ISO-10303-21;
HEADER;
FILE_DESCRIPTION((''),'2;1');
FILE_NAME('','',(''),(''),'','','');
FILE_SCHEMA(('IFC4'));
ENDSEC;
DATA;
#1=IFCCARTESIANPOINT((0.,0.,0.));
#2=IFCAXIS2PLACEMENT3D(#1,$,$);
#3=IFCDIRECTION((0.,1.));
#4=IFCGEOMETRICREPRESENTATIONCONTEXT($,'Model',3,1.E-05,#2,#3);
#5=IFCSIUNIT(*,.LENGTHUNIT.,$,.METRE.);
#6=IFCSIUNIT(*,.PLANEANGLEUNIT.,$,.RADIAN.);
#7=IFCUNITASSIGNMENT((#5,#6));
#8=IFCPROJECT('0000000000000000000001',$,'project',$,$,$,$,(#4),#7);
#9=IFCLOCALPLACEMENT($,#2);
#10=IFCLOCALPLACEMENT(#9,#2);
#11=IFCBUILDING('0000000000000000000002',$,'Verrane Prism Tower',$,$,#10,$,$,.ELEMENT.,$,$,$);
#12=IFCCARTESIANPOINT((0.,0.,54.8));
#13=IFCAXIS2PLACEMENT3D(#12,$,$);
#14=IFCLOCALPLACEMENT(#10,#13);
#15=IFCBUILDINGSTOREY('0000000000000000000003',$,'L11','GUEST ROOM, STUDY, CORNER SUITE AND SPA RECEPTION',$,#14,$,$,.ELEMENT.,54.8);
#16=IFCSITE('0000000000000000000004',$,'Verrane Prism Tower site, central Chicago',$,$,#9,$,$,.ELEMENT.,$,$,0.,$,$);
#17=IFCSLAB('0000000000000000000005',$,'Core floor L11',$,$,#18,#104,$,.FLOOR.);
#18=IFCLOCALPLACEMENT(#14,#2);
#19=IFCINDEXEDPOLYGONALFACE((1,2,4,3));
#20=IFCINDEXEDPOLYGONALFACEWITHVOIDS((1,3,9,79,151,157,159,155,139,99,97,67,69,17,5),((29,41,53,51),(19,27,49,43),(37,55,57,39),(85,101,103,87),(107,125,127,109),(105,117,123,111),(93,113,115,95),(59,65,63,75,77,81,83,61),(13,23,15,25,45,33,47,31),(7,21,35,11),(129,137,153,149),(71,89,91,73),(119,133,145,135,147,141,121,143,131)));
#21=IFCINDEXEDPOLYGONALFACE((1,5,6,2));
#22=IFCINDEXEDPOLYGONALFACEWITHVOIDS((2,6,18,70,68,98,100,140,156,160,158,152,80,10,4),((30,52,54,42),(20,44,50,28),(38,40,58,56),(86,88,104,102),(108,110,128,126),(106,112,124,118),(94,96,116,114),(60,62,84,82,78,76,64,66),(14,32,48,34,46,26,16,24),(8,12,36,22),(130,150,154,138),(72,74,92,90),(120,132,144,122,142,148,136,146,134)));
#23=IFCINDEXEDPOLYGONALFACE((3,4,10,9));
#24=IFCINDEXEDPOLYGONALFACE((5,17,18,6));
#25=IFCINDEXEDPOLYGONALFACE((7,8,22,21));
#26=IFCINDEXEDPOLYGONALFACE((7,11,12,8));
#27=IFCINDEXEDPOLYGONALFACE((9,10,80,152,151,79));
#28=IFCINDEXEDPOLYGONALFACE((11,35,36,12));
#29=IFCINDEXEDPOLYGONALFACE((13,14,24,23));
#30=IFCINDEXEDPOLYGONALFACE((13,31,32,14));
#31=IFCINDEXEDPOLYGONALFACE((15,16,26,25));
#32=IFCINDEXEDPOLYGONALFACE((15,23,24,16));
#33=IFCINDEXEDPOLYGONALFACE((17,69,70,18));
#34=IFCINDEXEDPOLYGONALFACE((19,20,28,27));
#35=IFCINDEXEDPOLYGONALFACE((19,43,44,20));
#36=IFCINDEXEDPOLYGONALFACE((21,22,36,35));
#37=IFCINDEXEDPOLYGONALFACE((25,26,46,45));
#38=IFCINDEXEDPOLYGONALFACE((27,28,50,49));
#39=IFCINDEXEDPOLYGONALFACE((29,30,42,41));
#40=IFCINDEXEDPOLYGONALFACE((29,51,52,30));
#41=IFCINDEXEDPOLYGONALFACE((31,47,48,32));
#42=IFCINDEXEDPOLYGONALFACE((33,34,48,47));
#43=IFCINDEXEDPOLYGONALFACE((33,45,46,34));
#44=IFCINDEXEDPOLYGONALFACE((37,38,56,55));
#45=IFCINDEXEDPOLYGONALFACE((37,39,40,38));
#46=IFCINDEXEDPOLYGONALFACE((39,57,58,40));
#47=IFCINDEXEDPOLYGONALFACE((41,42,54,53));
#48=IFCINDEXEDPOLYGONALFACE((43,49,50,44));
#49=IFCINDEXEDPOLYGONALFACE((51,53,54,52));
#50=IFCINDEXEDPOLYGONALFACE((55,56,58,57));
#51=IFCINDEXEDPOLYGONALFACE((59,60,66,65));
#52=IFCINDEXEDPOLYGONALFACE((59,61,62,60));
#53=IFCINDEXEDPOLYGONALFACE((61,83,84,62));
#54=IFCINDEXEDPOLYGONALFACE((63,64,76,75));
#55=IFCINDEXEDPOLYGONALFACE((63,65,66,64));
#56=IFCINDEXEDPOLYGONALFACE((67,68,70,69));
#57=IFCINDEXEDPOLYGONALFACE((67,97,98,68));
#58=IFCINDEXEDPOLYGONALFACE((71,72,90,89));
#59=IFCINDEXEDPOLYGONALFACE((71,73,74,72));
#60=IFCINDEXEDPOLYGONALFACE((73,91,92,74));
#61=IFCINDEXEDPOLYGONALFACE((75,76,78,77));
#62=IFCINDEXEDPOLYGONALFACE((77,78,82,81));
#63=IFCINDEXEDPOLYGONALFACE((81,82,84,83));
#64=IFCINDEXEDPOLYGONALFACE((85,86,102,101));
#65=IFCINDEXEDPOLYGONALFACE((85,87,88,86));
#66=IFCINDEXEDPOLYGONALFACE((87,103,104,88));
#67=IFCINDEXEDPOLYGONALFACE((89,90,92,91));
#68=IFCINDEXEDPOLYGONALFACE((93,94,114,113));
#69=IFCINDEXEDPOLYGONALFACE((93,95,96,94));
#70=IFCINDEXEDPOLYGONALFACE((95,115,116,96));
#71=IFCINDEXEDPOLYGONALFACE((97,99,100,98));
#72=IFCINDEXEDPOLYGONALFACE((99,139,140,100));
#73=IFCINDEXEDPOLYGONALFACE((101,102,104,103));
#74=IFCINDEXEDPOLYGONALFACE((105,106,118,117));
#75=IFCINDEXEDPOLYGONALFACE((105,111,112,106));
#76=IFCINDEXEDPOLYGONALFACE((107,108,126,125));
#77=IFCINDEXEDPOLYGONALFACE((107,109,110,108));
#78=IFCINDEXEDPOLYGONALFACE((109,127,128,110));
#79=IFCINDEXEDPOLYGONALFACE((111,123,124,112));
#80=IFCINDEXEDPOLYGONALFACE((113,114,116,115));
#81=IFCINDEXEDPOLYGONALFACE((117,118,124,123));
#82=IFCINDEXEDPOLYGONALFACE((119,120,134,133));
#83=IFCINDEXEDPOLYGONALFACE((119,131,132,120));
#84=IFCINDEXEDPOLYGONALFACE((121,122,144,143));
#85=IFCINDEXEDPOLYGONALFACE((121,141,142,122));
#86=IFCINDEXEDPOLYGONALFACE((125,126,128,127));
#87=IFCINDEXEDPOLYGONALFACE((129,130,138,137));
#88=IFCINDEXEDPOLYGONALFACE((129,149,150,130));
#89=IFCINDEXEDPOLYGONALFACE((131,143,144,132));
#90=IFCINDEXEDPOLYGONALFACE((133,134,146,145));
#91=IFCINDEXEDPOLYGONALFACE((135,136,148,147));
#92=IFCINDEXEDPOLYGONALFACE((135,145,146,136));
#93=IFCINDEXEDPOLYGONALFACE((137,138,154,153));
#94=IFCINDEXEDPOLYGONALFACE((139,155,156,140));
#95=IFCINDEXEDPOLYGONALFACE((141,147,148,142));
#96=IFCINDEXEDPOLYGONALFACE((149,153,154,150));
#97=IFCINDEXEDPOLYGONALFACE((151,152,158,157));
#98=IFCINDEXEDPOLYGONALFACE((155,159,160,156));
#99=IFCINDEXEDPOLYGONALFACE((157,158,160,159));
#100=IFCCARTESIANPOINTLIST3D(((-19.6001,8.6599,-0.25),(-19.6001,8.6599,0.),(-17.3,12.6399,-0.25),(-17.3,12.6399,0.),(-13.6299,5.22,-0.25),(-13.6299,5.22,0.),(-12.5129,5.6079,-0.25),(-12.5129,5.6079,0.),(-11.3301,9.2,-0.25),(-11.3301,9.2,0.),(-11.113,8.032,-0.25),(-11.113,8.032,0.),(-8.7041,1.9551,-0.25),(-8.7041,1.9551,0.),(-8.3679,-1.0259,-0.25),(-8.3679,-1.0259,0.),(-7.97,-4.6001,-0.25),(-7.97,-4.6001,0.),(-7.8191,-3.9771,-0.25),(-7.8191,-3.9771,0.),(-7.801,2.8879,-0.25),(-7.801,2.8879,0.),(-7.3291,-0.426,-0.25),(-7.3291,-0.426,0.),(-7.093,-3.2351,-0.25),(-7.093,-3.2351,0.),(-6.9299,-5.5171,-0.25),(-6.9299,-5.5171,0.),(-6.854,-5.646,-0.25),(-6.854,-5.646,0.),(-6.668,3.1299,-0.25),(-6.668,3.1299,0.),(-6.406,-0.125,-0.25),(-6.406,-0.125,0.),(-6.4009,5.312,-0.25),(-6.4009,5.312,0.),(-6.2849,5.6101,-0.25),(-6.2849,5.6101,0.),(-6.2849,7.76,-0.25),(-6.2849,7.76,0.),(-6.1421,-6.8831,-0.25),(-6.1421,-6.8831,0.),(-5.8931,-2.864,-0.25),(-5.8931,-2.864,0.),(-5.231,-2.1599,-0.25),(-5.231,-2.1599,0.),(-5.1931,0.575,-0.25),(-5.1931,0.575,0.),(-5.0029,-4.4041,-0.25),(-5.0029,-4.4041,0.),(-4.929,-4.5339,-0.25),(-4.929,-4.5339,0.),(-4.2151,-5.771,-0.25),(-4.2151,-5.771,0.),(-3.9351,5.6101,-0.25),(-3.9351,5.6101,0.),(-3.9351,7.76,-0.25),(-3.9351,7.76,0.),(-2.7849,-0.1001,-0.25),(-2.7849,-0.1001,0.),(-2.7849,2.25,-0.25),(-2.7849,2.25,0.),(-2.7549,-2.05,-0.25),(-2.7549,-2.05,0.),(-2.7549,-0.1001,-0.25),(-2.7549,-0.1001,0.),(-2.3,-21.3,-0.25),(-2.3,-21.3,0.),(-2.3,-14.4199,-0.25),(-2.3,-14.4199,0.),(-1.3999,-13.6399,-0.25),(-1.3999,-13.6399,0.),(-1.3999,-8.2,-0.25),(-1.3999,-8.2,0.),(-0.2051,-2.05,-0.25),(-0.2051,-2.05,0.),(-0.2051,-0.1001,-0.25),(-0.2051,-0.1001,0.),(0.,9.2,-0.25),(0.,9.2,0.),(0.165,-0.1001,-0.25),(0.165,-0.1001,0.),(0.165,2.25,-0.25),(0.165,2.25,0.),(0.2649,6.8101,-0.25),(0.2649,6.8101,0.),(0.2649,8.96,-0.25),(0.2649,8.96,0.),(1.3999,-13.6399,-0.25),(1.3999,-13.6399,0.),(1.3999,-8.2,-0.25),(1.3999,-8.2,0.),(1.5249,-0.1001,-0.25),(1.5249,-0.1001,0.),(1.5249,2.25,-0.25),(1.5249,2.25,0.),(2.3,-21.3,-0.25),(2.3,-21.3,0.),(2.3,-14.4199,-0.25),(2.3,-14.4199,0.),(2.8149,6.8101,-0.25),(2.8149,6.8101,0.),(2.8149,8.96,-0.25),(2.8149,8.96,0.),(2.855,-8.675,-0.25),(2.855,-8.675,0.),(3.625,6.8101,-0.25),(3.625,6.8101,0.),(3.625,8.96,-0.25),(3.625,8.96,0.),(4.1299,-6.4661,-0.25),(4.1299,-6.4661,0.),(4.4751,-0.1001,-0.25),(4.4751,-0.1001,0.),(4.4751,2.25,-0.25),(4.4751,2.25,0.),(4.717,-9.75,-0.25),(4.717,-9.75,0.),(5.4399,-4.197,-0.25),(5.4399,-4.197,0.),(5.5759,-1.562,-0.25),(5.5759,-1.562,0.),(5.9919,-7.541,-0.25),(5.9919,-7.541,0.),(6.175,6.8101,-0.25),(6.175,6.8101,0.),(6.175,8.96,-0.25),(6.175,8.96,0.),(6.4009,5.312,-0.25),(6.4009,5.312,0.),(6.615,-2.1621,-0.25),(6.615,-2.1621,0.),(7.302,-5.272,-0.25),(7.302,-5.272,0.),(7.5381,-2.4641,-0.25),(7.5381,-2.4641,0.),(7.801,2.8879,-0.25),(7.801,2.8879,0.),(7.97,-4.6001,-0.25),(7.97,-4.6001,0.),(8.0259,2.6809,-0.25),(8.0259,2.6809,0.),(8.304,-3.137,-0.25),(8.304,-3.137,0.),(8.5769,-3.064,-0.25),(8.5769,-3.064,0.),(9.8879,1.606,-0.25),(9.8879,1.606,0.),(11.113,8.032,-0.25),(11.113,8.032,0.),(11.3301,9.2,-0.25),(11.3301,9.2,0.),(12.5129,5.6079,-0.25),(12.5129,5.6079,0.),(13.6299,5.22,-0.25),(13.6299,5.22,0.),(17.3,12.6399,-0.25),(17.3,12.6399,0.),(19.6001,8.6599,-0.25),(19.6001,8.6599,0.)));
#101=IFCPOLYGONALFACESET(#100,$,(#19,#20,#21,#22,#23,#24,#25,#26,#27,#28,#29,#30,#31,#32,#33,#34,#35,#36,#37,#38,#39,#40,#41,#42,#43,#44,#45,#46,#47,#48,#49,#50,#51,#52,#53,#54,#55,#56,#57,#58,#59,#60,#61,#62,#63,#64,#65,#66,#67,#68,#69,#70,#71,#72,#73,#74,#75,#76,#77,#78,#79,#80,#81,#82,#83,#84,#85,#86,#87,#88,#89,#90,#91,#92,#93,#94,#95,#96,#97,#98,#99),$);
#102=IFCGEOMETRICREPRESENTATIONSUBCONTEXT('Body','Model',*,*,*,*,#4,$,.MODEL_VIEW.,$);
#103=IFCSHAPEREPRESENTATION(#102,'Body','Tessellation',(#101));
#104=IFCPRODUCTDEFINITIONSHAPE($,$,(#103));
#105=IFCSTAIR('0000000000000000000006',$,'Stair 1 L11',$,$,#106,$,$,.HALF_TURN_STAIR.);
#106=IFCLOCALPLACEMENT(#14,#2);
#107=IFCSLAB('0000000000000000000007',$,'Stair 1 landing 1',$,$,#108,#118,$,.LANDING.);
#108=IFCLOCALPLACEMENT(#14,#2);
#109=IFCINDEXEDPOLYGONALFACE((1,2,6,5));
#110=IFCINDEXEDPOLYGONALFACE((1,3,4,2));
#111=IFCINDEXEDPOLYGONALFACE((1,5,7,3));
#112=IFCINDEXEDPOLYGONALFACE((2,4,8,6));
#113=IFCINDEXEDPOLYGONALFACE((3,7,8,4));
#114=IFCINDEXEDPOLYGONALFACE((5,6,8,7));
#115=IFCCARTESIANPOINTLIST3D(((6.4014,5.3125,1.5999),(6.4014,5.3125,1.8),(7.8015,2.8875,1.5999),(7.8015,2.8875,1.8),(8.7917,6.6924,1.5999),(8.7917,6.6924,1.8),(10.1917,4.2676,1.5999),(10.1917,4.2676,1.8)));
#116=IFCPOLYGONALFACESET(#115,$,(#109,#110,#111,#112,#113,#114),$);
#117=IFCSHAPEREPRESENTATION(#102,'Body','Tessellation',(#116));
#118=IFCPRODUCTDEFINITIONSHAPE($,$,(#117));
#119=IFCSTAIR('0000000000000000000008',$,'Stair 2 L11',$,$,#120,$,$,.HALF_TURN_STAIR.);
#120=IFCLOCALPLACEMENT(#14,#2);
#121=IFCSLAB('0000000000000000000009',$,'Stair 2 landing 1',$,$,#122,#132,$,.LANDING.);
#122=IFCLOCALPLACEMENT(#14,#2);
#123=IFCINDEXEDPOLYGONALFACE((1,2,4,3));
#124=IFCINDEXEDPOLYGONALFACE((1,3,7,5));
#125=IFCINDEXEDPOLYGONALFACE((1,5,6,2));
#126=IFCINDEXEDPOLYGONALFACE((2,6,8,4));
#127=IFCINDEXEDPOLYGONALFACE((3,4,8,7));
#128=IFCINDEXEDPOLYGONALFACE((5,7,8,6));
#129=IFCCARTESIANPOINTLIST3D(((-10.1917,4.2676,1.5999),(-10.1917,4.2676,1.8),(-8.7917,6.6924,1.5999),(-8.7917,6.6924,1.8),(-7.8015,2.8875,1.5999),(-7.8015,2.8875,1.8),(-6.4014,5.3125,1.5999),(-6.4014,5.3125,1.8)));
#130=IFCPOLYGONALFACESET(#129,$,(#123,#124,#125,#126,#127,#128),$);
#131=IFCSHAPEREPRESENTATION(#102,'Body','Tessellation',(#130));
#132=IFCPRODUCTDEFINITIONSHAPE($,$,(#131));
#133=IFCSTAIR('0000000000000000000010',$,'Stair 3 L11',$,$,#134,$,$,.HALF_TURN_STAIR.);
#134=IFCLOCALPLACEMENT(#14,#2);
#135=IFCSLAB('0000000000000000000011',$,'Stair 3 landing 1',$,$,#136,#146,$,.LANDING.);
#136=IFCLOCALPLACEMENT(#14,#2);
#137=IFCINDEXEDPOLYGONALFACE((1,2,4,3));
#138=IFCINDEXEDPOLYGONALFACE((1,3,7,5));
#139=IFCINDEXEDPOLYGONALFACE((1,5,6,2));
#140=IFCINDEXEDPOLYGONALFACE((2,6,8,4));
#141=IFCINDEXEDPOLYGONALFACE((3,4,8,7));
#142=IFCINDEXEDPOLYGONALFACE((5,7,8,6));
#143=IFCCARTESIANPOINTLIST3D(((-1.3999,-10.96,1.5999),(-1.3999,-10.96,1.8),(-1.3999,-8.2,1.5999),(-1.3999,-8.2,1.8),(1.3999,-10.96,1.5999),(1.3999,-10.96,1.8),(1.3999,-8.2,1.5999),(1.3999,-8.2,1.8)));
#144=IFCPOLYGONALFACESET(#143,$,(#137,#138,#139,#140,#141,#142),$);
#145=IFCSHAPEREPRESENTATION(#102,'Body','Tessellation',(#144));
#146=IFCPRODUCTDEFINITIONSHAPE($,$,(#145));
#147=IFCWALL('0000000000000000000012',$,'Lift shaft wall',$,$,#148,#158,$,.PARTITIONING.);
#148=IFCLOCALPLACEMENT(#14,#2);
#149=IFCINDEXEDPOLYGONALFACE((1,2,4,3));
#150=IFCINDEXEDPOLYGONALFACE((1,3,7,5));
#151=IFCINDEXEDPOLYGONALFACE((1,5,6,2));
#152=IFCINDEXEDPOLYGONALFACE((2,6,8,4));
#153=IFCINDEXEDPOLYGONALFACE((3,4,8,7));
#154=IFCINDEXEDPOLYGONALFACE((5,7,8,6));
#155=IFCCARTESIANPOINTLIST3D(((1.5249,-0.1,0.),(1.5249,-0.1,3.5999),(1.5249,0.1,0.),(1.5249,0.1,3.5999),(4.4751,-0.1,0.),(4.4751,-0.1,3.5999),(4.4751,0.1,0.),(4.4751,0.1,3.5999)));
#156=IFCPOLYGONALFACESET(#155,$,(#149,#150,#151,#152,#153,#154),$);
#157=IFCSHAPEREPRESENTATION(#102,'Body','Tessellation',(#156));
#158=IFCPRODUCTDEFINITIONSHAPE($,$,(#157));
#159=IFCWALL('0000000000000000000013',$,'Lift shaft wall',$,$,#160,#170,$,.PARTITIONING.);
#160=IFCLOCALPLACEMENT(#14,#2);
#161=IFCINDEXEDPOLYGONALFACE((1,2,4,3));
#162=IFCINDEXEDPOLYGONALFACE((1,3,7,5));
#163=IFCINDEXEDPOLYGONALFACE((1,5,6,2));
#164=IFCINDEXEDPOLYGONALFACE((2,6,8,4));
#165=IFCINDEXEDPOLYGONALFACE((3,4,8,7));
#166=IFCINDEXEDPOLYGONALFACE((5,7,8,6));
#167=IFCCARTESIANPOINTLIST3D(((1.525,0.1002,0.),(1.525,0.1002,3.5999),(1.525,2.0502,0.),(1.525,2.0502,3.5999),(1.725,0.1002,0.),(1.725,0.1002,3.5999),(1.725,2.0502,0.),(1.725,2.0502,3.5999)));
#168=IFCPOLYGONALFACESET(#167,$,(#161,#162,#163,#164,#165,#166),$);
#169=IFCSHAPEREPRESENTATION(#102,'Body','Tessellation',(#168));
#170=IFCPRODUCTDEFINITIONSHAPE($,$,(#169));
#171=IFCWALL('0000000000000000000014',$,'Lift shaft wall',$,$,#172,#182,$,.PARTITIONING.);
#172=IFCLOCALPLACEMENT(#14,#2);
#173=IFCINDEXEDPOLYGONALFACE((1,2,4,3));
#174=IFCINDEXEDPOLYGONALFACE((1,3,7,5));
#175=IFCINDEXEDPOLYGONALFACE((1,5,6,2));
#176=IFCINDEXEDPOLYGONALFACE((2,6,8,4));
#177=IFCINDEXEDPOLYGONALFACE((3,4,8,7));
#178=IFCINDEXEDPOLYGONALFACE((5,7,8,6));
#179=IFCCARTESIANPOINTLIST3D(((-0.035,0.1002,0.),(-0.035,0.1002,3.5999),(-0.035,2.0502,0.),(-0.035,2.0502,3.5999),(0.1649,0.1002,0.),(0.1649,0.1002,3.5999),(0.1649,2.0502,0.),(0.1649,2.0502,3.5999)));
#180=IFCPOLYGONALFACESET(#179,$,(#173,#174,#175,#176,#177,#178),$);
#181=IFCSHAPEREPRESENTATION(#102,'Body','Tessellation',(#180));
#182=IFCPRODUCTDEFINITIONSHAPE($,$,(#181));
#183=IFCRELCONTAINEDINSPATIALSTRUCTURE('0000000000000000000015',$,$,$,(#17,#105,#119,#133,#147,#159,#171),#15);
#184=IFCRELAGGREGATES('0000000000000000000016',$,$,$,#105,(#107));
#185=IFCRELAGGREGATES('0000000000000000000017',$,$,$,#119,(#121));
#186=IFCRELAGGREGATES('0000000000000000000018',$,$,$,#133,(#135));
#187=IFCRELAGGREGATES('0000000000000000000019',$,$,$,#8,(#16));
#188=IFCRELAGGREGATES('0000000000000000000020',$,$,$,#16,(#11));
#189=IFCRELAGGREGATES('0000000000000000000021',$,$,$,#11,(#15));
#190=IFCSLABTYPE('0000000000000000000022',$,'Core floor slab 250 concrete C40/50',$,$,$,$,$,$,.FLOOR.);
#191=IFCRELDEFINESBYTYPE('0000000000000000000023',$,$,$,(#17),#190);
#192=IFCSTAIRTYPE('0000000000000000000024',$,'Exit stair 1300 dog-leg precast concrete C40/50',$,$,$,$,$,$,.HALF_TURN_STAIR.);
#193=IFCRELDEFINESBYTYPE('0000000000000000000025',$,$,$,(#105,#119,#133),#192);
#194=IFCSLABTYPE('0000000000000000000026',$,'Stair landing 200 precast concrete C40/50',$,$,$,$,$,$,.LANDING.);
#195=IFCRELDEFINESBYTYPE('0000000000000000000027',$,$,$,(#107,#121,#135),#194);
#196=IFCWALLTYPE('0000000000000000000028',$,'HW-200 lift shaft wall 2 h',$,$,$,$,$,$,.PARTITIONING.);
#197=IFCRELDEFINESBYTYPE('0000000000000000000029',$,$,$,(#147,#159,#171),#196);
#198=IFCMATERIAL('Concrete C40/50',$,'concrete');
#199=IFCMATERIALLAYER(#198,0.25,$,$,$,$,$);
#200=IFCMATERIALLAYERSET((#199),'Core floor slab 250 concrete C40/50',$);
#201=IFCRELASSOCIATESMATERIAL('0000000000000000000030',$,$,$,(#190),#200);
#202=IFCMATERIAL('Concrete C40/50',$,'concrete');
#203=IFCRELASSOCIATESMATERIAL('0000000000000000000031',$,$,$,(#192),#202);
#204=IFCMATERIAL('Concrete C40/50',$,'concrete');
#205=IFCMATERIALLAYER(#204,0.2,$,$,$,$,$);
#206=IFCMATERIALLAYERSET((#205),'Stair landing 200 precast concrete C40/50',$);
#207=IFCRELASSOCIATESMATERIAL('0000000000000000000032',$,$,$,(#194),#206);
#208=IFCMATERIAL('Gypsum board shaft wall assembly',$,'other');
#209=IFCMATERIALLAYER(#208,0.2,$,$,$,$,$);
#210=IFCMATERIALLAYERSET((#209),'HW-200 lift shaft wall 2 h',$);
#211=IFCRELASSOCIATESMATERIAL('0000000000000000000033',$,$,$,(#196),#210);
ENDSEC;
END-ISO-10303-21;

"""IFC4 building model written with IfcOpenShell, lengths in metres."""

from ifc_helpers import new_model, si_unit, direction, frame, frame_2d, origin, place, context, subcontext, project, spatial, polyline, rectangle, outline, extrude, material, layer, layer_set, type_object, element, aggregate, save


model = new_model("IFC4")

# Units and contexts
model_context = context("Model", 3, precision=1e-05, world=origin(), true_north=direction((0.0, 1.0)))
body_context = subcontext(model_context, "Body", "Model", "MODEL_VIEW")
ifc_project = project(units=[si_unit("LENGTHUNIT", "METRE"), si_unit("PLANEANGLEUNIT", "RADIAN")], contexts=[model_context])

# Site, building, storey
site_placement = place(None, origin())
site = spatial("IfcSite", under=ifc_project, at=site_placement, Name="Verrane Prism Tower site, central Chicago", CompositionType="ELEMENT", RefElevation=0.0)
building_placement = place(site_placement, origin())
building = spatial("IfcBuilding", under=site, at=building_placement, Name="Verrane Prism Tower", CompositionType="ELEMENT")
storey_placement = place(building_placement, frame((0.0, 0.0, 54.8)))
storey = spatial("IfcBuildingStorey", under=building, at=storey_placement, Name="L11", Description="GUEST ROOM, STUDY, CORNER SUITE AND SPA RECEPTION", CompositionType="ELEMENT", Elevation=54.8)

# Slab
ifc_material_1 = material(Name="Concrete C40/50", Category="concrete")
ifc_layer_1 = layer(ifc_material_1, 0.25)
ifc_layer_set_1 = layer_set([ifc_layer_1], Name="Core floor slab 250 concrete C40/50")
slab_type_1 = type_object("IfcSlabType", Name="Core floor slab 250 concrete C40/50", PredefinedType="FLOOR", material=ifc_layer_set_1)
slab_1_placement = place(storey_placement, frame((0.0, 0.0, -0.25)))
element("IfcSlab", 1, at=slab_1_placement, inside=storey, type_object=slab_type_1, Name="Core floor L11", PredefinedType="FLOOR", context=body_context, shape_type="SweptSolid", body=[
    extrude(outline(polyline([(13.6299, 5.22), (19.6001, 8.6599), (17.3, 12.6399), (11.3301, 9.2), (0.0, 9.2), (-11.3301, 9.2), (-17.3, 12.6399), (-19.6001, 8.6599), (-13.6299, 5.22), (-7.97, -4.6001), (-2.3, -14.4199), (-2.3, -21.3), (2.3, -21.3), (2.3, -14.4199), (7.97, -4.6001), (13.6299, 5.22)]), holes=[polyline([(1.3999, -8.2), (1.3999, -13.6399), (-1.3999, -13.6399), (-1.3999, -8.2), (1.3999, -8.2)]), polyline([(-4.2151, -5.771), (-6.1421, -6.8831), (-6.854, -5.646), (-4.929, -4.5339), (-4.2151, -5.771)]), polyline([(-5.0029, -4.4041), (-6.9299, -5.5171), (-7.8191, -3.9771), (-5.8931, -2.864), (-5.0029, -4.4041)]), polyline([(0.165, 2.25), (0.165, -0.1001), (-0.2051, -0.1001), (-0.2051, -2.05), (-2.7549, -2.05), (-2.7549, -0.1001), (-2.7849, -0.1001), (-2.7849, 2.25), (0.165, 2.25)]), polyline([(-12.5129, 5.6079), (-11.113, 8.032), (-6.4009, 5.312), (-7.801, 2.8879), (-12.5129, 5.6079)]), polyline([(-6.2849, 5.6101), (-6.2849, 7.76), (-3.9351, 7.76), (-3.9351, 5.6101), (-6.2849, 5.6101)]), polyline([(4.717, -9.75), (2.855, -8.675), (4.1299, -6.4661), (5.9919, -7.541), (4.717, -9.75)]), polyline([(8.304, -3.137), (5.5759, -1.562), (8.0259, 2.6809), (9.8879, 1.606), (7.5381, -2.4641), (8.5769, -3.064), (7.302, -5.272), (5.4399, -4.197), (6.615, -2.1621), (8.304, -3.137)]), polyline([(1.5249, -0.1001), (1.5249, 2.25), (4.4751, 2.25), (4.4751, -0.1001), (1.5249, -0.1001)]), polyline([(6.4009, 5.312), (11.113, 8.032), (12.5129, 5.6079), (7.801, 2.8879), (6.4009, 5.312)]), polyline([(0.2649, 6.8101), (0.2649, 8.96), (2.8149, 8.96), (2.8149, 6.8101), (0.2649, 6.8101)]), polyline([(3.625, 6.8101), (3.625, 8.96), (6.175, 8.96), (6.175, 6.8101), (3.625, 6.8101)]), polyline([(-5.231, -2.1599), (-7.093, -3.2351), (-8.3679, -1.0259), (-7.3291, -0.426), (-8.7041, 1.9551), (-6.668, 3.1299), (-5.1931, 0.575), (-6.406, -0.125), (-5.231, -2.1599)])]), origin(), (0.0, 0.0, 1.0), 0.25),
])

# Stairs, slabs
ifc_material_2 = material(Name="Concrete C40/50", Category="concrete")
stair_type = type_object("IfcStairType", Name="Exit stair 1300 dog-leg precast concrete C40/50", PredefinedType="HALF_TURN_STAIR", material=ifc_material_2)
stair_1_placement = place(storey_placement, origin())
stair_1 = element("IfcStair", 2, at=stair_1_placement, inside=storey, type_object=stair_type, Name="Stair 1 L11", PredefinedType="HALF_TURN_STAIR")
ifc_material_3 = material(Name="Concrete C40/50", Category="concrete")
ifc_layer_2 = layer(ifc_material_3, 0.2)
ifc_layer_set_2 = layer_set([ifc_layer_2], Name="Stair landing 200 precast concrete C40/50")
slab_type_2 = type_object("IfcSlabType", Name="Stair landing 200 precast concrete C40/50", PredefinedType="LANDING", material=ifc_layer_set_2)
slab_2_placement = place(storey_placement, frame((0.0, 0.0, 1.5999)))
slab_2 = element("IfcSlab", 3, at=slab_2_placement, type_object=slab_type_2, Name="Stair 1 landing 1", PredefinedType="LANDING", context=body_context, shape_type="SweptSolid", body=[
    extrude(outline(polyline([(8.7917, 6.6924), (6.4014, 5.3125), (7.8015, 2.8875), (10.1917, 4.2676), (8.7917, 6.6924)])), origin(), (0.0, 0.0, 1.0), 0.2002),
])
aggregate(stair_1, [slab_2])
stair_2_placement = place(storey_placement, origin())
stair_2 = element("IfcStair", 4, at=stair_2_placement, inside=storey, type_object=stair_type, Name="Stair 2 L11", PredefinedType="HALF_TURN_STAIR")
slab_3_placement = place(storey_placement, frame((0.0, 0.0, 1.5999)))
slab_3 = element("IfcSlab", 5, at=slab_3_placement, type_object=slab_type_2, Name="Stair 2 landing 1", PredefinedType="LANDING", context=body_context, shape_type="SweptSolid", body=[
    extrude(outline(polyline([(-10.1917, 4.2676), (-7.8015, 2.8875), (-6.4014, 5.3125), (-8.7917, 6.6924), (-10.1917, 4.2676)])), origin(), (0.0, 0.0, 1.0), 0.2002),
])
aggregate(stair_2, [slab_3])
stair_3_placement = place(storey_placement, origin())
stair_3 = element("IfcStair", 6, at=stair_3_placement, inside=storey, type_object=stair_type, Name="Stair 3 L11", PredefinedType="HALF_TURN_STAIR")
slab_4_placement = place(storey_placement, frame((0.0, 0.0, 1.5999)))
slab_4 = element("IfcSlab", 7, at=slab_4_placement, type_object=slab_type_2, Name="Stair 3 landing 1", PredefinedType="LANDING", context=body_context, shape_type="SweptSolid", body=[
    extrude(outline(polyline([(1.3999, -10.96), (1.3999, -8.2), (-1.3999, -8.2), (-1.3999, -10.96), (1.3999, -10.96)])), origin(), (0.0, 0.0, 1.0), 0.2002),
])
aggregate(stair_3, [slab_4])

# Walls
ifc_material_4 = material(Name="Gypsum board shaft wall assembly", Category="other")
ifc_layer_3 = layer(ifc_material_4, 0.2)
ifc_layer_set_3 = layer_set([ifc_layer_3], Name="HW-200 lift shaft wall 2 h")
wall_type_1 = type_object("IfcWallType", Name="HW-200 lift shaft wall 2 h", PredefinedType="PARTITIONING", material=ifc_layer_set_3)
wall_1_placement = place(storey_placement, frame((1.5249, 0.0, 0.0), z_axis=(0.0, 0.0, 1.0), x_axis=(1.0, 0.0, 0.0)))
element("IfcWall", 8, at=wall_1_placement, inside=storey, type_object=wall_type_1, Name="Lift shaft wall", PredefinedType="PARTITIONING", context=body_context, shape_type="SweptSolid", body=[
    extrude(rectangle(XDim=2.9502, YDim=0.2, at=frame_2d((1.4751, 0.0))), origin(), (0.0, 0.0, 1.0), 3.5999),
])
for number, where, z_axis, x_axis, name in (
    (9, (1.625, 0.1001, 0.0), (0.0, 0.0, 1.0), (0.0, 1.0, 0.0), "Lift shaft wall"),
    (10, (0.0649, 0.1001, 0.0), (0.0, 0.0, 1.0), (0.0, 1.0, 0.0), "Lift shaft wall"),
):
    element("IfcWall", number, at=place(storey_placement, frame(where, z_axis=z_axis, x_axis=x_axis)), inside=storey, type_object=wall_type_1, Name=name, PredefinedType="PARTITIONING", context=body_context, shape_type="SweptSolid", body=[
        extrude(rectangle(XDim=1.95, YDim=0.2, at=frame_2d((0.9751, 0.0))), origin(), (0.0, 0.0, 1.0), 3.5999),
    ])

save(model, "model.ifc")
